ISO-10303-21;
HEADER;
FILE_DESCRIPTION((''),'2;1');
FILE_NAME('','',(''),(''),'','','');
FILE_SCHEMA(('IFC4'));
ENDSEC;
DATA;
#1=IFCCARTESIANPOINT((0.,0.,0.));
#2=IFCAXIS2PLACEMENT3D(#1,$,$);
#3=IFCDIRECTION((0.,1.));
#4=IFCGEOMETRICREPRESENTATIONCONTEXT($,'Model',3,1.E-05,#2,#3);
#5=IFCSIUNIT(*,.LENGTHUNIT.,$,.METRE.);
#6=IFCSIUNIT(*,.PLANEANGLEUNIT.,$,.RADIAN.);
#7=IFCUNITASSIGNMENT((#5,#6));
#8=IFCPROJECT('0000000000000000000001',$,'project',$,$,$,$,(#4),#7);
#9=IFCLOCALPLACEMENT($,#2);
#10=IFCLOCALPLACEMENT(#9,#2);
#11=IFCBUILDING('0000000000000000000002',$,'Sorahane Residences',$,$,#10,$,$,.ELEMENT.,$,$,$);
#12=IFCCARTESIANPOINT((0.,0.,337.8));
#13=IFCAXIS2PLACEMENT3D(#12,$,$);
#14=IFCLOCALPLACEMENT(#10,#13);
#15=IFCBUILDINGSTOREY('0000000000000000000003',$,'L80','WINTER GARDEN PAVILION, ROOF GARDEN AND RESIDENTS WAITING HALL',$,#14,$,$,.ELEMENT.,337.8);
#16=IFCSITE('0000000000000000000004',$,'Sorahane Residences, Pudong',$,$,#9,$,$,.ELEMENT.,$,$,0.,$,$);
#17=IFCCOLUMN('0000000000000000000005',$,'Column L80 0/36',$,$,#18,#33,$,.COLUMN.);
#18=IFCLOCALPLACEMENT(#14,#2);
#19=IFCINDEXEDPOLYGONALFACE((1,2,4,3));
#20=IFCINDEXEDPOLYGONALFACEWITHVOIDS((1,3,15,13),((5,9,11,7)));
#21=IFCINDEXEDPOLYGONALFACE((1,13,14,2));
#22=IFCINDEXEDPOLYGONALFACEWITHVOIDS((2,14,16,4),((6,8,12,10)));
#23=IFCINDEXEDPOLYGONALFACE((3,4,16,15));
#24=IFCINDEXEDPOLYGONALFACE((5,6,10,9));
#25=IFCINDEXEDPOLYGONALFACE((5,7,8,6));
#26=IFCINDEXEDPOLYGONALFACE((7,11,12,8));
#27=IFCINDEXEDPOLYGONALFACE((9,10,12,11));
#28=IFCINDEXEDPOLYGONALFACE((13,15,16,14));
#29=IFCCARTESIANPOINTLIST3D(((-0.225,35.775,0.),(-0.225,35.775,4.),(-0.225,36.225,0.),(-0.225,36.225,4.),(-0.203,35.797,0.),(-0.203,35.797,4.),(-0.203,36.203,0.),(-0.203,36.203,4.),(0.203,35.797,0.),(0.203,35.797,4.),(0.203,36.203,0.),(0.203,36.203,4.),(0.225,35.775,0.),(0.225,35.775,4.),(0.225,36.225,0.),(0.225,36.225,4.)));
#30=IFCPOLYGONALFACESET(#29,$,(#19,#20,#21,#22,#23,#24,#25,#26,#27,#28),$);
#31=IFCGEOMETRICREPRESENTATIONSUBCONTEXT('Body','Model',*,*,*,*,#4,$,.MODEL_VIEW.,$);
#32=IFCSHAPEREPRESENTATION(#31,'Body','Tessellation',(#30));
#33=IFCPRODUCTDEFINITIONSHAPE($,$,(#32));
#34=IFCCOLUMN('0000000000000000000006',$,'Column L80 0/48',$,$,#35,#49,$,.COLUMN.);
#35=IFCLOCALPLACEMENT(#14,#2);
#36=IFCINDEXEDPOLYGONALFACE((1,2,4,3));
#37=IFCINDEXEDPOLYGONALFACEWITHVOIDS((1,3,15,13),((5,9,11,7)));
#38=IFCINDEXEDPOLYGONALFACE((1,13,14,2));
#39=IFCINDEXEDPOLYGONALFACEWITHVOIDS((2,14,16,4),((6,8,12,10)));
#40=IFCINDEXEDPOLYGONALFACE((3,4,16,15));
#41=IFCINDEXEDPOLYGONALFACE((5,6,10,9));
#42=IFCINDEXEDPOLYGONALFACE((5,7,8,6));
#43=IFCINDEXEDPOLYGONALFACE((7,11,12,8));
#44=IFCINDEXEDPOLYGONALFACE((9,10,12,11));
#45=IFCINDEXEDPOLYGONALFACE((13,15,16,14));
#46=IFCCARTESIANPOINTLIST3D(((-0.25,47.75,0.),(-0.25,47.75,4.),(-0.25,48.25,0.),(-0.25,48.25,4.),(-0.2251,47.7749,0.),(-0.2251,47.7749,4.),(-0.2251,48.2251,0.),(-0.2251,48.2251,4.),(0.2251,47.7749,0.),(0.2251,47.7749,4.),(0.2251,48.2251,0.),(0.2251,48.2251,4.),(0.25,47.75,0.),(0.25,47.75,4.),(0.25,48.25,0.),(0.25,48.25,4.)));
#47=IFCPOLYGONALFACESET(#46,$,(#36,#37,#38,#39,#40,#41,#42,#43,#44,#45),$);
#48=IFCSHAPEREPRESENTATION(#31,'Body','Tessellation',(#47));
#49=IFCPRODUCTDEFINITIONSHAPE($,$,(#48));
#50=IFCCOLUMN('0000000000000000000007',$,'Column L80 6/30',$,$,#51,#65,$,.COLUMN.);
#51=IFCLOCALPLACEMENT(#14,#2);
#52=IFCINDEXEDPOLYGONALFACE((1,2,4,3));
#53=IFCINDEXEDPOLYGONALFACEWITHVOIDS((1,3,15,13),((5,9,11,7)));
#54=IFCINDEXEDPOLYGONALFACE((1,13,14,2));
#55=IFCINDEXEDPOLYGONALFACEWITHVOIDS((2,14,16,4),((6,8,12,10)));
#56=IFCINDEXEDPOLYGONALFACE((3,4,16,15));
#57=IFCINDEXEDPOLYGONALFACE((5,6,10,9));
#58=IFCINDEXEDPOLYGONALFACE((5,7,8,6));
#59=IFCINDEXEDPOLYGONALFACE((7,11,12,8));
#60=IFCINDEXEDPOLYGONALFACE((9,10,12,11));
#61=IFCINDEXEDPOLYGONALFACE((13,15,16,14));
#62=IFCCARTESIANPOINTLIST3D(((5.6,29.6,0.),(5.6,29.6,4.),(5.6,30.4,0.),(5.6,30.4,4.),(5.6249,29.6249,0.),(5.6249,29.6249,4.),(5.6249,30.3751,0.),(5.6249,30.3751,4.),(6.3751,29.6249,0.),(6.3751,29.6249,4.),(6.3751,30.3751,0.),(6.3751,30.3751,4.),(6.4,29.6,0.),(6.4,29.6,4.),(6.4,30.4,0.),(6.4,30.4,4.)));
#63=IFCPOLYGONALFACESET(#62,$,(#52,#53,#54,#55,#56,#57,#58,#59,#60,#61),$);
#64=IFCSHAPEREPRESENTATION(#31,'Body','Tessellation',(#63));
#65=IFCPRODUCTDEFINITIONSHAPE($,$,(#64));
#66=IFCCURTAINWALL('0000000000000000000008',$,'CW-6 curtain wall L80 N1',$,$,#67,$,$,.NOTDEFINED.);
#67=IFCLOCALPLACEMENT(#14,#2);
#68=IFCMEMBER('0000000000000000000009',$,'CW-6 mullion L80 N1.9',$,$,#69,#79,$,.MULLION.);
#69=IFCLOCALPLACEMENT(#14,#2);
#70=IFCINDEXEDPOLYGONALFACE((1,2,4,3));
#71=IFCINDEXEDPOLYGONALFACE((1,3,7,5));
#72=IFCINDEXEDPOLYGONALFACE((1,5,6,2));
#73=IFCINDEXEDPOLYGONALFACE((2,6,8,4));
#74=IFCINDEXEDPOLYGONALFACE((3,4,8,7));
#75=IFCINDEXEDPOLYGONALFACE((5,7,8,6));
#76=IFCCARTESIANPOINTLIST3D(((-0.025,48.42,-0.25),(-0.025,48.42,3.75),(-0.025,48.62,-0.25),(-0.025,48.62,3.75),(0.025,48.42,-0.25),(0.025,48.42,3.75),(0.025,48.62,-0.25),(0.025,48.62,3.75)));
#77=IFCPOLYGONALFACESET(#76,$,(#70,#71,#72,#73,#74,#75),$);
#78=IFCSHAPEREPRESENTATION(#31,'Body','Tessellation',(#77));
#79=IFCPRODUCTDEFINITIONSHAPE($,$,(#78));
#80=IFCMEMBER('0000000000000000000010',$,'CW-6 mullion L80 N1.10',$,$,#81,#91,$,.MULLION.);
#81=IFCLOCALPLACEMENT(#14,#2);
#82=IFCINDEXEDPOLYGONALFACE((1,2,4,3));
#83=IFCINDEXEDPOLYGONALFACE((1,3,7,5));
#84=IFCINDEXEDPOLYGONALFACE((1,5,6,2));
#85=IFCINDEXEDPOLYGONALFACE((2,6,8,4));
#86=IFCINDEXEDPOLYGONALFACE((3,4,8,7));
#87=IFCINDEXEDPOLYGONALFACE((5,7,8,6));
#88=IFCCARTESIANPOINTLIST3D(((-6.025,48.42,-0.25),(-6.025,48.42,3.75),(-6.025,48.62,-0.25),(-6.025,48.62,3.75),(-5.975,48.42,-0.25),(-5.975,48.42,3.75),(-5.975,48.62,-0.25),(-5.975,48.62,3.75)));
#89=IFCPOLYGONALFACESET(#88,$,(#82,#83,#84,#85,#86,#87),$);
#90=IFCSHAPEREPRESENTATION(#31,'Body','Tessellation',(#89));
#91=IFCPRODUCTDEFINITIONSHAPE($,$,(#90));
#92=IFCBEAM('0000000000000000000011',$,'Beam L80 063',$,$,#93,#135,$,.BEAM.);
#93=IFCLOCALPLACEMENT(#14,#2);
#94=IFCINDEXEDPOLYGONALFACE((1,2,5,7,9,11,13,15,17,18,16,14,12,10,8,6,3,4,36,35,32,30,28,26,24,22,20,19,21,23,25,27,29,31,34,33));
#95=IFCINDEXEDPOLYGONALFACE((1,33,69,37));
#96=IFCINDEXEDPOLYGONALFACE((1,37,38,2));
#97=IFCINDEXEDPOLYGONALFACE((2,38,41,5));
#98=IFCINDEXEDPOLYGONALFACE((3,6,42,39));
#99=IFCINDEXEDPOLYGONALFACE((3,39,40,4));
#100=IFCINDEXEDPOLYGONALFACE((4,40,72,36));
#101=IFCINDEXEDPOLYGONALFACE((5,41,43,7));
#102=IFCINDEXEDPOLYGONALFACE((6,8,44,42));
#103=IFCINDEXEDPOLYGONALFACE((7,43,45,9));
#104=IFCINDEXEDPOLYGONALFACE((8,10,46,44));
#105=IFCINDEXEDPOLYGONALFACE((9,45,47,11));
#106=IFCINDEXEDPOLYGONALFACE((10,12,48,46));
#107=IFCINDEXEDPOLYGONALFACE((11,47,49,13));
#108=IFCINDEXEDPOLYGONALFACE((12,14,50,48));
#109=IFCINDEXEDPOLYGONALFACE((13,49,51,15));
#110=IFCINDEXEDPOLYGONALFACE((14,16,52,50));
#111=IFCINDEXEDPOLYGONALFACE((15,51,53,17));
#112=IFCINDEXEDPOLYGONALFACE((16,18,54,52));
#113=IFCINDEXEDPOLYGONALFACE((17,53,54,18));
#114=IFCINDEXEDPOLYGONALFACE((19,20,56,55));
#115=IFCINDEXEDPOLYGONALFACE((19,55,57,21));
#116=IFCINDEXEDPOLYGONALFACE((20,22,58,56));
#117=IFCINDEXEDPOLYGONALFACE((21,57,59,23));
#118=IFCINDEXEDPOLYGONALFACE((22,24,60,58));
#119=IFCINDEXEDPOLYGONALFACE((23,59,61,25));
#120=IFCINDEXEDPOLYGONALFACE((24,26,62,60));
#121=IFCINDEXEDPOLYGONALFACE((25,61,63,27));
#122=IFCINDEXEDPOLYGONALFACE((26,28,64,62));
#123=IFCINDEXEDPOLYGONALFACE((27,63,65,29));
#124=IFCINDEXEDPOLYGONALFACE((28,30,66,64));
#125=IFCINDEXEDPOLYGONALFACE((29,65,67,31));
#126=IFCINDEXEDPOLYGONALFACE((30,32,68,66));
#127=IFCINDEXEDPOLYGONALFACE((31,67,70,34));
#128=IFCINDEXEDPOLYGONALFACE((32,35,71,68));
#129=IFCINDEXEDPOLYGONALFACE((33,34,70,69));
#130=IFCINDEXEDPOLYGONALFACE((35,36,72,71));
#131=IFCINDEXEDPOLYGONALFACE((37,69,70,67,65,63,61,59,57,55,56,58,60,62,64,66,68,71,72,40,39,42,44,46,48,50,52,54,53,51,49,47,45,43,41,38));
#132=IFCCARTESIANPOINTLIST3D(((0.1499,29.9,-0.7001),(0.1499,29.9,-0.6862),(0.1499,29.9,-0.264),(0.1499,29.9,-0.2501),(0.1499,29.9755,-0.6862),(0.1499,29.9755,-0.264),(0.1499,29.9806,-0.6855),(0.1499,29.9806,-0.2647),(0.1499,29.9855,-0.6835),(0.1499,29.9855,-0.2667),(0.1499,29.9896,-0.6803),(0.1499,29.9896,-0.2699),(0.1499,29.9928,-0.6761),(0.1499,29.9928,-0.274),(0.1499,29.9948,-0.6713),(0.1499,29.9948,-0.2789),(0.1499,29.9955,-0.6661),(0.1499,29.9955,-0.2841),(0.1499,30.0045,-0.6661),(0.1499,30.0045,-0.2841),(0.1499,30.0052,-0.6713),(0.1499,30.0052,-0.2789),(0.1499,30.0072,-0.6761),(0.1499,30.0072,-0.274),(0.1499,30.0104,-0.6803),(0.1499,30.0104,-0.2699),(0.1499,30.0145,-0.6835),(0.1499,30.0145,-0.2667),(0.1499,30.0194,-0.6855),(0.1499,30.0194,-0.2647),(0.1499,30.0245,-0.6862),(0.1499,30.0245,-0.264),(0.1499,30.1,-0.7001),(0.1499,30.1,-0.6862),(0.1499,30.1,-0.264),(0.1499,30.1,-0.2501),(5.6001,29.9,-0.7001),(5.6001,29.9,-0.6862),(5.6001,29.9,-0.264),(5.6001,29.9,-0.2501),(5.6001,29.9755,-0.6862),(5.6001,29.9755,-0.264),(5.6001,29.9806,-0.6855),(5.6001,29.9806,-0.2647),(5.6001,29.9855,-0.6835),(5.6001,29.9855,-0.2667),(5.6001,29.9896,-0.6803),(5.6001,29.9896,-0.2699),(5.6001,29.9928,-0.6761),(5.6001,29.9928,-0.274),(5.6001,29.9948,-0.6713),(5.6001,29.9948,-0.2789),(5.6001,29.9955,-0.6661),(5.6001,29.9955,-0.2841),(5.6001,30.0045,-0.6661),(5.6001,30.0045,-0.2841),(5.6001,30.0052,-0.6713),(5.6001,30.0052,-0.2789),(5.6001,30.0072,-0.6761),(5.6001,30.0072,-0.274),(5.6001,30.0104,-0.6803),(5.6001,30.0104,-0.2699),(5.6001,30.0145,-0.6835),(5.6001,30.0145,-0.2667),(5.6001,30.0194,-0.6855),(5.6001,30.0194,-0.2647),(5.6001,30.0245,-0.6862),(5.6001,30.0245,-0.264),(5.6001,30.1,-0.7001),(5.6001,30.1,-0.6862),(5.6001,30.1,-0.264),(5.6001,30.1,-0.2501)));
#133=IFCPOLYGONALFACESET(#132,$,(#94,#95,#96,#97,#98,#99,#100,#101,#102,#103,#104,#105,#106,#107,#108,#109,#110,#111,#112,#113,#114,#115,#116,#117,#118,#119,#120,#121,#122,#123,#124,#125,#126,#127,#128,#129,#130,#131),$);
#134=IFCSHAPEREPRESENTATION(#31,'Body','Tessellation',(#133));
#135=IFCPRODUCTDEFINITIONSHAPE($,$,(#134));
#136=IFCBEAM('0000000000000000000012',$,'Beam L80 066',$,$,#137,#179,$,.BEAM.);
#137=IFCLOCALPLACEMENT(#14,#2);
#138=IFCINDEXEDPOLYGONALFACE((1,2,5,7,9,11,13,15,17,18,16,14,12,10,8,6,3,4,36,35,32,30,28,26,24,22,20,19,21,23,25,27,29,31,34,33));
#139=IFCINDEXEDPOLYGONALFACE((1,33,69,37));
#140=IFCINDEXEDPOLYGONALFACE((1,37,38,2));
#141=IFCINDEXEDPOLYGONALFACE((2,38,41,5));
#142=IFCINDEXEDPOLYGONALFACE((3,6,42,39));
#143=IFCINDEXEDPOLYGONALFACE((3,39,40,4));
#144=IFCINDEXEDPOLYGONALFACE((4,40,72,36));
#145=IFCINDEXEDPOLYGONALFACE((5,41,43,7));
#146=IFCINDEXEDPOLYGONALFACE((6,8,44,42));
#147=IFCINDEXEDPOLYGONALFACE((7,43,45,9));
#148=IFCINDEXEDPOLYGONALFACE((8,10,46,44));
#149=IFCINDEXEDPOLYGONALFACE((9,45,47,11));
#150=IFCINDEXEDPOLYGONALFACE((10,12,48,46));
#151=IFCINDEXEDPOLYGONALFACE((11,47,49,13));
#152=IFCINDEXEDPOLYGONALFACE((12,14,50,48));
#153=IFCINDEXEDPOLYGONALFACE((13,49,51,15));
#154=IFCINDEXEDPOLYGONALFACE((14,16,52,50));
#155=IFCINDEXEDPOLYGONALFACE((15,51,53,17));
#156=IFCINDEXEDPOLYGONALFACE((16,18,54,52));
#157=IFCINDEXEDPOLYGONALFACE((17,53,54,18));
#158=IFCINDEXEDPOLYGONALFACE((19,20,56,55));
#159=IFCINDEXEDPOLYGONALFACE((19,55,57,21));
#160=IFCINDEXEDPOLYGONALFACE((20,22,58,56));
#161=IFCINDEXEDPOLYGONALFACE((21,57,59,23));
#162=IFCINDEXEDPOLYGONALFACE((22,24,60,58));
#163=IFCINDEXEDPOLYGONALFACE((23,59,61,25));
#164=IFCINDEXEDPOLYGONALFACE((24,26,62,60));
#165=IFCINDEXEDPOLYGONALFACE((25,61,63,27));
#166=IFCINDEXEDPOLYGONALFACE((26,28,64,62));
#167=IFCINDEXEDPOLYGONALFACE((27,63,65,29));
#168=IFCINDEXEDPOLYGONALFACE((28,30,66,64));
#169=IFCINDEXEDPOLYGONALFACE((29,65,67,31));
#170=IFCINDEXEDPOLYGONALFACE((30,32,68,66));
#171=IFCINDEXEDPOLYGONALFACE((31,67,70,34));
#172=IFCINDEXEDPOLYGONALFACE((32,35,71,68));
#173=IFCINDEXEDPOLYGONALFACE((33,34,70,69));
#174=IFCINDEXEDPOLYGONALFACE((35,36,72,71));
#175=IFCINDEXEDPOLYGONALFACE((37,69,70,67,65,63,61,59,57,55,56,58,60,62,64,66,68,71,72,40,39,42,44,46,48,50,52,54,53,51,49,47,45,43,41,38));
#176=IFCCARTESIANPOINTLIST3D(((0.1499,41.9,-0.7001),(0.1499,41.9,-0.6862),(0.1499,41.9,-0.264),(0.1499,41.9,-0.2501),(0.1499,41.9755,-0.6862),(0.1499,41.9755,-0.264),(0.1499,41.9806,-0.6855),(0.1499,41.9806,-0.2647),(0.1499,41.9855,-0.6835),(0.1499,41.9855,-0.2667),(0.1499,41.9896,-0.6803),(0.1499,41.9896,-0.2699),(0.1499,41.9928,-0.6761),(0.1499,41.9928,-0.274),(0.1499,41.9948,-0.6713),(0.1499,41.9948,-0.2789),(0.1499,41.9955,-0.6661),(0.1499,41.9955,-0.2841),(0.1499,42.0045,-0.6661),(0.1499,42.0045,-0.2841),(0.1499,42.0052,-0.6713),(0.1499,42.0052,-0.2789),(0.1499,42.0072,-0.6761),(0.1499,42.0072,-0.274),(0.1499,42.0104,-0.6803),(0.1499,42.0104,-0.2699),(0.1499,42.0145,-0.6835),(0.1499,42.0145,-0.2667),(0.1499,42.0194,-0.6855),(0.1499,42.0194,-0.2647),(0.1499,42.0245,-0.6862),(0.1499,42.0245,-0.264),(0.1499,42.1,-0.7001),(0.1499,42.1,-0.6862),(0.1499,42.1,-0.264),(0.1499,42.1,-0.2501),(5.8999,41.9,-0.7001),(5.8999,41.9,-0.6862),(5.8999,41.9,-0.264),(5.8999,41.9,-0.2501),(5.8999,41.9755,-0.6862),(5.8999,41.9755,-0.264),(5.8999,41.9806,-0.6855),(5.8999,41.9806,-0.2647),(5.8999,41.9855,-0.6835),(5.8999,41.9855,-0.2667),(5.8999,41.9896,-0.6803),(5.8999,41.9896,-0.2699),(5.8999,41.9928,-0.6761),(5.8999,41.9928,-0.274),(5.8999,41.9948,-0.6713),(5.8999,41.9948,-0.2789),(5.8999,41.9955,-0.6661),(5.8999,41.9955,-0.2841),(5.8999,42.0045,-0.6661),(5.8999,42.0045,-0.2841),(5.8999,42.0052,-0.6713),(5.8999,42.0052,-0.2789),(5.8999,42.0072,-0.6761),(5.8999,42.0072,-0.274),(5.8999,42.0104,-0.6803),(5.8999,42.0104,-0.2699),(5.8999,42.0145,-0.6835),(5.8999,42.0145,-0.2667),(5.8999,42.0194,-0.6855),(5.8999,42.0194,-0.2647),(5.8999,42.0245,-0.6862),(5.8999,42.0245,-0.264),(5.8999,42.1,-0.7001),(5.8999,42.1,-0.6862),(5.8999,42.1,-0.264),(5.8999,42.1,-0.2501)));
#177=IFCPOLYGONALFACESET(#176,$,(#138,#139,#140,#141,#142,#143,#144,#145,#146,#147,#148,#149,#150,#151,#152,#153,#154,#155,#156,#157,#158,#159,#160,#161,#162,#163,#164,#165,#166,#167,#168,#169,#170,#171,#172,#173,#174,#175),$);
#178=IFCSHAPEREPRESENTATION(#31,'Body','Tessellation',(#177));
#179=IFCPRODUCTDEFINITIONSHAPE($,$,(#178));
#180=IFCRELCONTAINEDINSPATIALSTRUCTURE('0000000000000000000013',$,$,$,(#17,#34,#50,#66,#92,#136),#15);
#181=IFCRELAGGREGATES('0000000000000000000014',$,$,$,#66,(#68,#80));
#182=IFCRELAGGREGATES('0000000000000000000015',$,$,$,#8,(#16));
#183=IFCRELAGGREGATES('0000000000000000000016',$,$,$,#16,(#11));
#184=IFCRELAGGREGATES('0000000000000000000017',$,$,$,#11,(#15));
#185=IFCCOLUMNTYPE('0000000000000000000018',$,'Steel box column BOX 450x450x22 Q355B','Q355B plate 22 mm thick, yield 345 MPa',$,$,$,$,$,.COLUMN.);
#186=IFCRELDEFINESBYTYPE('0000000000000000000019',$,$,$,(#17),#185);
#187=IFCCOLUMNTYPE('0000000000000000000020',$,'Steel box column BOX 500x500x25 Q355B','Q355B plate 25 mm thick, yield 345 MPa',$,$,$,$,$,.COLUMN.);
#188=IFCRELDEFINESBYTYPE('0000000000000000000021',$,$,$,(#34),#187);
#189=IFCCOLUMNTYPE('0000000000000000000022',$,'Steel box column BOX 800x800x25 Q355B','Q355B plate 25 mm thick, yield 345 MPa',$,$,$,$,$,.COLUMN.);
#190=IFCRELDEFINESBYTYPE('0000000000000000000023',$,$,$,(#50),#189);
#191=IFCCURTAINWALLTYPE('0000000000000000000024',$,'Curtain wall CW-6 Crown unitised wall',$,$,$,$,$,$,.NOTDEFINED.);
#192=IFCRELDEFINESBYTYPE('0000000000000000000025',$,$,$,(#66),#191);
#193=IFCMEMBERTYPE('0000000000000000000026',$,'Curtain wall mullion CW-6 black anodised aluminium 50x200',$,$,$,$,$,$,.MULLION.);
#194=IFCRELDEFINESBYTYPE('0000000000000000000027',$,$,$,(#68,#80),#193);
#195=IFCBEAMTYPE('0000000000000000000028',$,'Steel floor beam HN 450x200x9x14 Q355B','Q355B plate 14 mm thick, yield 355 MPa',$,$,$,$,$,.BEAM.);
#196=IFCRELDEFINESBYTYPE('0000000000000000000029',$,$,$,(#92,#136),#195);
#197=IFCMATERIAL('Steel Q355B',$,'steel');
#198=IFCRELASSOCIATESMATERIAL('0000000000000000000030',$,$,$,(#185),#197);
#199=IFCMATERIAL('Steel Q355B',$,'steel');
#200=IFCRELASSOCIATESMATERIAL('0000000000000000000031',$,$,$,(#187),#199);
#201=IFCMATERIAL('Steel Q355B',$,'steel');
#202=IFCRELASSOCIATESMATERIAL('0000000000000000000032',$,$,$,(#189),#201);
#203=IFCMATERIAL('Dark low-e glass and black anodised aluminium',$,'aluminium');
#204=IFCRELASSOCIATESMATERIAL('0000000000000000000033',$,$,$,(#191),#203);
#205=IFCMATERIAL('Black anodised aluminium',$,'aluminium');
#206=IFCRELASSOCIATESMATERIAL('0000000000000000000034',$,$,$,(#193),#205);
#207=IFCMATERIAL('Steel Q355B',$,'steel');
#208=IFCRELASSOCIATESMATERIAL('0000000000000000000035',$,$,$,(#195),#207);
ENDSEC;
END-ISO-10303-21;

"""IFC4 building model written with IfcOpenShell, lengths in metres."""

from ifc_helpers import new_model, si_unit, direction, frame, origin, origin_2d, place, context, subcontext, project, spatial, rectangle, hollow_rectangle, i_section, extrude, material, material_profile, profile_set, type_object, element, aggregate, save


model = new_model("IFC4")

# Units and contexts
model_context = context("Model", 3, precision=1e-05, world=origin(), true_north=direction((0.0, 1.0)))
body_context = subcontext(model_context, "Body", "Model", "MODEL_VIEW")
ifc_project = project(units=[si_unit("LENGTHUNIT", "METRE"), si_unit("PLANEANGLEUNIT", "RADIAN")], contexts=[model_context])

# Site, building, storey
site_placement = place(None, origin())
site = spatial("IfcSite", under=ifc_project, at=site_placement, Name="Sorahane Residences, Pudong", CompositionType="ELEMENT", RefElevation=0.0)
building_placement = place(site_placement, origin())
building = spatial("IfcBuilding", under=site, at=building_placement, Name="Sorahane Residences", CompositionType="ELEMENT")
storey_placement = place(building_placement, frame((0.0, 0.0, 337.8)))
storey = spatial("IfcBuildingStorey", under=building, at=storey_placement, Name="L80", Description="WINTER GARDEN PAVILION, ROOF GARDEN AND RESIDENTS WAITING HALL", CompositionType="ELEMENT", Elevation=337.8)

# Columns
ifc_material_1 = material(Name="Steel Q355B", Category="steel")
ifc_material_profile_1 = material_profile(ifc_material_1, hollow_rectangle(XDim=0.45, YDim=0.45, WallThickness=0.022, at=origin_2d()), Name="BOX 450x450x22")
ifc_profile_set_1 = profile_set([ifc_material_profile_1], Name="Steel Q355B")
column_type_1 = type_object("IfcColumnType", Name="Steel box column BOX 450x450x22 Q355B", Description="Q355B plate 22 mm thick, yield 345 MPa", PredefinedType="COLUMN", material=ifc_profile_set_1)
column_1_placement = place(storey_placement, frame((0.0, 36.0, 0.0), z_axis=(0.0, 0.0, 1.0), x_axis=(1.0, 0.0, 0.0)))
element("IfcColumn", 1, at=column_1_placement, inside=storey, type_object=column_type_1, Name="Column L80 0/36", PredefinedType="COLUMN", context=body_context, shape_type="SweptSolid", body=[
    extrude(hollow_rectangle(XDim=0.45, YDim=0.45, WallThickness=0.022, at=origin_2d()), origin(), (0.0, 0.0, 1.0), 4.0),
])
ifc_material_2 = material(Name="Steel Q355B", Category="steel")
ifc_material_profile_2 = material_profile(ifc_material_2, hollow_rectangle(XDim=0.5, YDim=0.5, WallThickness=0.0249, at=origin_2d()), Name="BOX 500x500x25")
ifc_profile_set_2 = profile_set([ifc_material_profile_2], Name="Steel Q355B")
column_type_2 = type_object("IfcColumnType", Name="Steel box column BOX 500x500x25 Q355B", Description="Q355B plate 25 mm thick, yield 345 MPa", PredefinedType="COLUMN", material=ifc_profile_set_2)
column_2_placement = place(storey_placement, frame((0.0, 48.0, 0.0), z_axis=(0.0, 0.0, 1.0), x_axis=(1.0, 0.0, 0.0)))
element("IfcColumn", 2, at=column_2_placement, inside=storey, type_object=column_type_2, Name="Column L80 0/48", PredefinedType="COLUMN", context=body_context, shape_type="SweptSolid", body=[
    extrude(hollow_rectangle(XDim=0.5, YDim=0.5, WallThickness=0.0249, at=origin_2d()), origin(), (0.0, 0.0, 1.0), 4.0),
])
ifc_material_3 = material(Name="Steel Q355B", Category="steel")
ifc_material_profile_3 = material_profile(ifc_material_3, hollow_rectangle(XDim=0.8, YDim=0.8, WallThickness=0.0249, at=origin_2d()), Name="BOX 800x800x25")
ifc_profile_set_3 = profile_set([ifc_material_profile_3], Name="Steel Q355B")
column_type_3 = type_object("IfcColumnType", Name="Steel box column BOX 800x800x25 Q355B", Description="Q355B plate 25 mm thick, yield 345 MPa", PredefinedType="COLUMN", material=ifc_profile_set_3)
column_3_placement = place(storey_placement, frame((6.0, 30.0, 0.0), z_axis=(0.0, 0.0, 1.0), x_axis=(1.0, 0.0, 0.0)))
element("IfcColumn", 3, at=column_3_placement, inside=storey, type_object=column_type_3, Name="Column L80 6/30", PredefinedType="COLUMN", context=body_context, shape_type="SweptSolid", body=[
    extrude(hollow_rectangle(XDim=0.8, YDim=0.8, WallThickness=0.0249, at=origin_2d()), origin(), (0.0, 0.0, 1.0), 4.0),
])

# Curtain wall, members
ifc_material_4 = material(Name="Dark low-e glass and black anodised aluminium", Category="aluminium")
curtain_wall_type = type_object("IfcCurtainWallType", Name="Curtain wall CW-6 Crown unitised wall", PredefinedType="NOTDEFINED", material=ifc_material_4)
curtain_wall_placement = place(storey_placement, origin())
curtain_wall = element("IfcCurtainWall", 4, at=curtain_wall_placement, inside=storey, type_object=curtain_wall_type, Name="CW-6 curtain wall L80 N1", PredefinedType="NOTDEFINED")
ifc_material_5 = material(Name="Black anodised aluminium", Category="aluminium")
ifc_material_profile_4 = material_profile(ifc_material_5, rectangle(XDim=0.2, YDim=0.05, at=origin_2d()), Name="Curtain wall mullion CW-6 black anodised aluminium 50x200")
ifc_profile_set_4 = profile_set([ifc_material_profile_4], Name="Black anodised aluminium")
member_type = type_object("IfcMemberType", Name="Curtain wall mullion CW-6 black anodised aluminium 50x200", PredefinedType="MULLION", material=ifc_profile_set_4)
member_1_placement = place(storey_placement, frame((0.0, 48.52, -0.25), z_axis=(0.0, 0.0, 1.0), x_axis=(0.0, 1.0, 0.0)))
member_1 = element("IfcMember", 5, at=member_1_placement, type_object=member_type, Name="CW-6 mullion L80 N1.9", PredefinedType="MULLION", context=body_context, shape_type="SweptSolid", body=[
    extrude(rectangle(XDim=0.2, YDim=0.05, at=origin_2d()), origin(), (0.0, 0.0, 1.0), 4.0),
])
member_2_placement = place(storey_placement, frame((-6.0, 48.52, -0.25), z_axis=(0.0, 0.0, 1.0), x_axis=(0.0, 1.0, 0.0)))
member_2 = element("IfcMember", 6, at=member_2_placement, type_object=member_type, Name="CW-6 mullion L80 N1.10", PredefinedType="MULLION", context=body_context, shape_type="SweptSolid", body=[
    extrude(rectangle(XDim=0.2, YDim=0.05, at=origin_2d()), origin(), (0.0, 0.0, 1.0), 4.0),
])

# Beams
ifc_material_6 = material(Name="Steel Q355B", Category="steel")
ifc_material_profile_5 = material_profile(ifc_material_6, i_section(OverallWidth=0.2, OverallDepth=0.45, WebThickness=0.009, FlangeThickness=0.0139, FilletRadius=0.02, at=origin_2d()), Name="HN 450x200x9x14")
ifc_profile_set_5 = profile_set([ifc_material_profile_5], Name="Steel Q355B")
beam_type_1 = type_object("IfcBeamType", Name="Steel floor beam HN 450x200x9x14 Q355B", Description="Q355B plate 14 mm thick, yield 355 MPa", PredefinedType="BEAM", material=ifc_profile_set_5)
beam_1_placement = place(storey_placement, frame((0.1499, 30.0, -0.4751), z_axis=(1.0, 0.0, 0.0), x_axis=(0.0, 1.0, 0.0)))
element("IfcBeam", 7, at=beam_1_placement, inside=storey, type_object=beam_type_1, Name="Beam L80 063", PredefinedType="BEAM", context=body_context, shape_type="SweptSolid", body=[
    extrude(i_section(OverallWidth=0.2, OverallDepth=0.45, WebThickness=0.009, FlangeThickness=0.0139, FilletRadius=0.02, at=origin_2d()), origin(), (0.0, 0.0, 1.0), 5.4502),
])
beam_2_placement = place(storey_placement, frame((0.1499, 42.0, -0.4751), z_axis=(1.0, 0.0, 0.0), x_axis=(0.0, 1.0, 0.0)))
element("IfcBeam", 8, at=beam_2_placement, inside=storey, type_object=beam_type_1, Name="Beam L80 066", PredefinedType="BEAM", context=body_context, shape_type="SweptSolid", body=[
    extrude(i_section(OverallWidth=0.2, OverallDepth=0.45, WebThickness=0.009, FlangeThickness=0.0139, FilletRadius=0.02, at=origin_2d()), origin(), (0.0, 0.0, 1.0), 5.75),
])

aggregate(curtain_wall, [member_1, member_2])

save(model, "model.ifc")
